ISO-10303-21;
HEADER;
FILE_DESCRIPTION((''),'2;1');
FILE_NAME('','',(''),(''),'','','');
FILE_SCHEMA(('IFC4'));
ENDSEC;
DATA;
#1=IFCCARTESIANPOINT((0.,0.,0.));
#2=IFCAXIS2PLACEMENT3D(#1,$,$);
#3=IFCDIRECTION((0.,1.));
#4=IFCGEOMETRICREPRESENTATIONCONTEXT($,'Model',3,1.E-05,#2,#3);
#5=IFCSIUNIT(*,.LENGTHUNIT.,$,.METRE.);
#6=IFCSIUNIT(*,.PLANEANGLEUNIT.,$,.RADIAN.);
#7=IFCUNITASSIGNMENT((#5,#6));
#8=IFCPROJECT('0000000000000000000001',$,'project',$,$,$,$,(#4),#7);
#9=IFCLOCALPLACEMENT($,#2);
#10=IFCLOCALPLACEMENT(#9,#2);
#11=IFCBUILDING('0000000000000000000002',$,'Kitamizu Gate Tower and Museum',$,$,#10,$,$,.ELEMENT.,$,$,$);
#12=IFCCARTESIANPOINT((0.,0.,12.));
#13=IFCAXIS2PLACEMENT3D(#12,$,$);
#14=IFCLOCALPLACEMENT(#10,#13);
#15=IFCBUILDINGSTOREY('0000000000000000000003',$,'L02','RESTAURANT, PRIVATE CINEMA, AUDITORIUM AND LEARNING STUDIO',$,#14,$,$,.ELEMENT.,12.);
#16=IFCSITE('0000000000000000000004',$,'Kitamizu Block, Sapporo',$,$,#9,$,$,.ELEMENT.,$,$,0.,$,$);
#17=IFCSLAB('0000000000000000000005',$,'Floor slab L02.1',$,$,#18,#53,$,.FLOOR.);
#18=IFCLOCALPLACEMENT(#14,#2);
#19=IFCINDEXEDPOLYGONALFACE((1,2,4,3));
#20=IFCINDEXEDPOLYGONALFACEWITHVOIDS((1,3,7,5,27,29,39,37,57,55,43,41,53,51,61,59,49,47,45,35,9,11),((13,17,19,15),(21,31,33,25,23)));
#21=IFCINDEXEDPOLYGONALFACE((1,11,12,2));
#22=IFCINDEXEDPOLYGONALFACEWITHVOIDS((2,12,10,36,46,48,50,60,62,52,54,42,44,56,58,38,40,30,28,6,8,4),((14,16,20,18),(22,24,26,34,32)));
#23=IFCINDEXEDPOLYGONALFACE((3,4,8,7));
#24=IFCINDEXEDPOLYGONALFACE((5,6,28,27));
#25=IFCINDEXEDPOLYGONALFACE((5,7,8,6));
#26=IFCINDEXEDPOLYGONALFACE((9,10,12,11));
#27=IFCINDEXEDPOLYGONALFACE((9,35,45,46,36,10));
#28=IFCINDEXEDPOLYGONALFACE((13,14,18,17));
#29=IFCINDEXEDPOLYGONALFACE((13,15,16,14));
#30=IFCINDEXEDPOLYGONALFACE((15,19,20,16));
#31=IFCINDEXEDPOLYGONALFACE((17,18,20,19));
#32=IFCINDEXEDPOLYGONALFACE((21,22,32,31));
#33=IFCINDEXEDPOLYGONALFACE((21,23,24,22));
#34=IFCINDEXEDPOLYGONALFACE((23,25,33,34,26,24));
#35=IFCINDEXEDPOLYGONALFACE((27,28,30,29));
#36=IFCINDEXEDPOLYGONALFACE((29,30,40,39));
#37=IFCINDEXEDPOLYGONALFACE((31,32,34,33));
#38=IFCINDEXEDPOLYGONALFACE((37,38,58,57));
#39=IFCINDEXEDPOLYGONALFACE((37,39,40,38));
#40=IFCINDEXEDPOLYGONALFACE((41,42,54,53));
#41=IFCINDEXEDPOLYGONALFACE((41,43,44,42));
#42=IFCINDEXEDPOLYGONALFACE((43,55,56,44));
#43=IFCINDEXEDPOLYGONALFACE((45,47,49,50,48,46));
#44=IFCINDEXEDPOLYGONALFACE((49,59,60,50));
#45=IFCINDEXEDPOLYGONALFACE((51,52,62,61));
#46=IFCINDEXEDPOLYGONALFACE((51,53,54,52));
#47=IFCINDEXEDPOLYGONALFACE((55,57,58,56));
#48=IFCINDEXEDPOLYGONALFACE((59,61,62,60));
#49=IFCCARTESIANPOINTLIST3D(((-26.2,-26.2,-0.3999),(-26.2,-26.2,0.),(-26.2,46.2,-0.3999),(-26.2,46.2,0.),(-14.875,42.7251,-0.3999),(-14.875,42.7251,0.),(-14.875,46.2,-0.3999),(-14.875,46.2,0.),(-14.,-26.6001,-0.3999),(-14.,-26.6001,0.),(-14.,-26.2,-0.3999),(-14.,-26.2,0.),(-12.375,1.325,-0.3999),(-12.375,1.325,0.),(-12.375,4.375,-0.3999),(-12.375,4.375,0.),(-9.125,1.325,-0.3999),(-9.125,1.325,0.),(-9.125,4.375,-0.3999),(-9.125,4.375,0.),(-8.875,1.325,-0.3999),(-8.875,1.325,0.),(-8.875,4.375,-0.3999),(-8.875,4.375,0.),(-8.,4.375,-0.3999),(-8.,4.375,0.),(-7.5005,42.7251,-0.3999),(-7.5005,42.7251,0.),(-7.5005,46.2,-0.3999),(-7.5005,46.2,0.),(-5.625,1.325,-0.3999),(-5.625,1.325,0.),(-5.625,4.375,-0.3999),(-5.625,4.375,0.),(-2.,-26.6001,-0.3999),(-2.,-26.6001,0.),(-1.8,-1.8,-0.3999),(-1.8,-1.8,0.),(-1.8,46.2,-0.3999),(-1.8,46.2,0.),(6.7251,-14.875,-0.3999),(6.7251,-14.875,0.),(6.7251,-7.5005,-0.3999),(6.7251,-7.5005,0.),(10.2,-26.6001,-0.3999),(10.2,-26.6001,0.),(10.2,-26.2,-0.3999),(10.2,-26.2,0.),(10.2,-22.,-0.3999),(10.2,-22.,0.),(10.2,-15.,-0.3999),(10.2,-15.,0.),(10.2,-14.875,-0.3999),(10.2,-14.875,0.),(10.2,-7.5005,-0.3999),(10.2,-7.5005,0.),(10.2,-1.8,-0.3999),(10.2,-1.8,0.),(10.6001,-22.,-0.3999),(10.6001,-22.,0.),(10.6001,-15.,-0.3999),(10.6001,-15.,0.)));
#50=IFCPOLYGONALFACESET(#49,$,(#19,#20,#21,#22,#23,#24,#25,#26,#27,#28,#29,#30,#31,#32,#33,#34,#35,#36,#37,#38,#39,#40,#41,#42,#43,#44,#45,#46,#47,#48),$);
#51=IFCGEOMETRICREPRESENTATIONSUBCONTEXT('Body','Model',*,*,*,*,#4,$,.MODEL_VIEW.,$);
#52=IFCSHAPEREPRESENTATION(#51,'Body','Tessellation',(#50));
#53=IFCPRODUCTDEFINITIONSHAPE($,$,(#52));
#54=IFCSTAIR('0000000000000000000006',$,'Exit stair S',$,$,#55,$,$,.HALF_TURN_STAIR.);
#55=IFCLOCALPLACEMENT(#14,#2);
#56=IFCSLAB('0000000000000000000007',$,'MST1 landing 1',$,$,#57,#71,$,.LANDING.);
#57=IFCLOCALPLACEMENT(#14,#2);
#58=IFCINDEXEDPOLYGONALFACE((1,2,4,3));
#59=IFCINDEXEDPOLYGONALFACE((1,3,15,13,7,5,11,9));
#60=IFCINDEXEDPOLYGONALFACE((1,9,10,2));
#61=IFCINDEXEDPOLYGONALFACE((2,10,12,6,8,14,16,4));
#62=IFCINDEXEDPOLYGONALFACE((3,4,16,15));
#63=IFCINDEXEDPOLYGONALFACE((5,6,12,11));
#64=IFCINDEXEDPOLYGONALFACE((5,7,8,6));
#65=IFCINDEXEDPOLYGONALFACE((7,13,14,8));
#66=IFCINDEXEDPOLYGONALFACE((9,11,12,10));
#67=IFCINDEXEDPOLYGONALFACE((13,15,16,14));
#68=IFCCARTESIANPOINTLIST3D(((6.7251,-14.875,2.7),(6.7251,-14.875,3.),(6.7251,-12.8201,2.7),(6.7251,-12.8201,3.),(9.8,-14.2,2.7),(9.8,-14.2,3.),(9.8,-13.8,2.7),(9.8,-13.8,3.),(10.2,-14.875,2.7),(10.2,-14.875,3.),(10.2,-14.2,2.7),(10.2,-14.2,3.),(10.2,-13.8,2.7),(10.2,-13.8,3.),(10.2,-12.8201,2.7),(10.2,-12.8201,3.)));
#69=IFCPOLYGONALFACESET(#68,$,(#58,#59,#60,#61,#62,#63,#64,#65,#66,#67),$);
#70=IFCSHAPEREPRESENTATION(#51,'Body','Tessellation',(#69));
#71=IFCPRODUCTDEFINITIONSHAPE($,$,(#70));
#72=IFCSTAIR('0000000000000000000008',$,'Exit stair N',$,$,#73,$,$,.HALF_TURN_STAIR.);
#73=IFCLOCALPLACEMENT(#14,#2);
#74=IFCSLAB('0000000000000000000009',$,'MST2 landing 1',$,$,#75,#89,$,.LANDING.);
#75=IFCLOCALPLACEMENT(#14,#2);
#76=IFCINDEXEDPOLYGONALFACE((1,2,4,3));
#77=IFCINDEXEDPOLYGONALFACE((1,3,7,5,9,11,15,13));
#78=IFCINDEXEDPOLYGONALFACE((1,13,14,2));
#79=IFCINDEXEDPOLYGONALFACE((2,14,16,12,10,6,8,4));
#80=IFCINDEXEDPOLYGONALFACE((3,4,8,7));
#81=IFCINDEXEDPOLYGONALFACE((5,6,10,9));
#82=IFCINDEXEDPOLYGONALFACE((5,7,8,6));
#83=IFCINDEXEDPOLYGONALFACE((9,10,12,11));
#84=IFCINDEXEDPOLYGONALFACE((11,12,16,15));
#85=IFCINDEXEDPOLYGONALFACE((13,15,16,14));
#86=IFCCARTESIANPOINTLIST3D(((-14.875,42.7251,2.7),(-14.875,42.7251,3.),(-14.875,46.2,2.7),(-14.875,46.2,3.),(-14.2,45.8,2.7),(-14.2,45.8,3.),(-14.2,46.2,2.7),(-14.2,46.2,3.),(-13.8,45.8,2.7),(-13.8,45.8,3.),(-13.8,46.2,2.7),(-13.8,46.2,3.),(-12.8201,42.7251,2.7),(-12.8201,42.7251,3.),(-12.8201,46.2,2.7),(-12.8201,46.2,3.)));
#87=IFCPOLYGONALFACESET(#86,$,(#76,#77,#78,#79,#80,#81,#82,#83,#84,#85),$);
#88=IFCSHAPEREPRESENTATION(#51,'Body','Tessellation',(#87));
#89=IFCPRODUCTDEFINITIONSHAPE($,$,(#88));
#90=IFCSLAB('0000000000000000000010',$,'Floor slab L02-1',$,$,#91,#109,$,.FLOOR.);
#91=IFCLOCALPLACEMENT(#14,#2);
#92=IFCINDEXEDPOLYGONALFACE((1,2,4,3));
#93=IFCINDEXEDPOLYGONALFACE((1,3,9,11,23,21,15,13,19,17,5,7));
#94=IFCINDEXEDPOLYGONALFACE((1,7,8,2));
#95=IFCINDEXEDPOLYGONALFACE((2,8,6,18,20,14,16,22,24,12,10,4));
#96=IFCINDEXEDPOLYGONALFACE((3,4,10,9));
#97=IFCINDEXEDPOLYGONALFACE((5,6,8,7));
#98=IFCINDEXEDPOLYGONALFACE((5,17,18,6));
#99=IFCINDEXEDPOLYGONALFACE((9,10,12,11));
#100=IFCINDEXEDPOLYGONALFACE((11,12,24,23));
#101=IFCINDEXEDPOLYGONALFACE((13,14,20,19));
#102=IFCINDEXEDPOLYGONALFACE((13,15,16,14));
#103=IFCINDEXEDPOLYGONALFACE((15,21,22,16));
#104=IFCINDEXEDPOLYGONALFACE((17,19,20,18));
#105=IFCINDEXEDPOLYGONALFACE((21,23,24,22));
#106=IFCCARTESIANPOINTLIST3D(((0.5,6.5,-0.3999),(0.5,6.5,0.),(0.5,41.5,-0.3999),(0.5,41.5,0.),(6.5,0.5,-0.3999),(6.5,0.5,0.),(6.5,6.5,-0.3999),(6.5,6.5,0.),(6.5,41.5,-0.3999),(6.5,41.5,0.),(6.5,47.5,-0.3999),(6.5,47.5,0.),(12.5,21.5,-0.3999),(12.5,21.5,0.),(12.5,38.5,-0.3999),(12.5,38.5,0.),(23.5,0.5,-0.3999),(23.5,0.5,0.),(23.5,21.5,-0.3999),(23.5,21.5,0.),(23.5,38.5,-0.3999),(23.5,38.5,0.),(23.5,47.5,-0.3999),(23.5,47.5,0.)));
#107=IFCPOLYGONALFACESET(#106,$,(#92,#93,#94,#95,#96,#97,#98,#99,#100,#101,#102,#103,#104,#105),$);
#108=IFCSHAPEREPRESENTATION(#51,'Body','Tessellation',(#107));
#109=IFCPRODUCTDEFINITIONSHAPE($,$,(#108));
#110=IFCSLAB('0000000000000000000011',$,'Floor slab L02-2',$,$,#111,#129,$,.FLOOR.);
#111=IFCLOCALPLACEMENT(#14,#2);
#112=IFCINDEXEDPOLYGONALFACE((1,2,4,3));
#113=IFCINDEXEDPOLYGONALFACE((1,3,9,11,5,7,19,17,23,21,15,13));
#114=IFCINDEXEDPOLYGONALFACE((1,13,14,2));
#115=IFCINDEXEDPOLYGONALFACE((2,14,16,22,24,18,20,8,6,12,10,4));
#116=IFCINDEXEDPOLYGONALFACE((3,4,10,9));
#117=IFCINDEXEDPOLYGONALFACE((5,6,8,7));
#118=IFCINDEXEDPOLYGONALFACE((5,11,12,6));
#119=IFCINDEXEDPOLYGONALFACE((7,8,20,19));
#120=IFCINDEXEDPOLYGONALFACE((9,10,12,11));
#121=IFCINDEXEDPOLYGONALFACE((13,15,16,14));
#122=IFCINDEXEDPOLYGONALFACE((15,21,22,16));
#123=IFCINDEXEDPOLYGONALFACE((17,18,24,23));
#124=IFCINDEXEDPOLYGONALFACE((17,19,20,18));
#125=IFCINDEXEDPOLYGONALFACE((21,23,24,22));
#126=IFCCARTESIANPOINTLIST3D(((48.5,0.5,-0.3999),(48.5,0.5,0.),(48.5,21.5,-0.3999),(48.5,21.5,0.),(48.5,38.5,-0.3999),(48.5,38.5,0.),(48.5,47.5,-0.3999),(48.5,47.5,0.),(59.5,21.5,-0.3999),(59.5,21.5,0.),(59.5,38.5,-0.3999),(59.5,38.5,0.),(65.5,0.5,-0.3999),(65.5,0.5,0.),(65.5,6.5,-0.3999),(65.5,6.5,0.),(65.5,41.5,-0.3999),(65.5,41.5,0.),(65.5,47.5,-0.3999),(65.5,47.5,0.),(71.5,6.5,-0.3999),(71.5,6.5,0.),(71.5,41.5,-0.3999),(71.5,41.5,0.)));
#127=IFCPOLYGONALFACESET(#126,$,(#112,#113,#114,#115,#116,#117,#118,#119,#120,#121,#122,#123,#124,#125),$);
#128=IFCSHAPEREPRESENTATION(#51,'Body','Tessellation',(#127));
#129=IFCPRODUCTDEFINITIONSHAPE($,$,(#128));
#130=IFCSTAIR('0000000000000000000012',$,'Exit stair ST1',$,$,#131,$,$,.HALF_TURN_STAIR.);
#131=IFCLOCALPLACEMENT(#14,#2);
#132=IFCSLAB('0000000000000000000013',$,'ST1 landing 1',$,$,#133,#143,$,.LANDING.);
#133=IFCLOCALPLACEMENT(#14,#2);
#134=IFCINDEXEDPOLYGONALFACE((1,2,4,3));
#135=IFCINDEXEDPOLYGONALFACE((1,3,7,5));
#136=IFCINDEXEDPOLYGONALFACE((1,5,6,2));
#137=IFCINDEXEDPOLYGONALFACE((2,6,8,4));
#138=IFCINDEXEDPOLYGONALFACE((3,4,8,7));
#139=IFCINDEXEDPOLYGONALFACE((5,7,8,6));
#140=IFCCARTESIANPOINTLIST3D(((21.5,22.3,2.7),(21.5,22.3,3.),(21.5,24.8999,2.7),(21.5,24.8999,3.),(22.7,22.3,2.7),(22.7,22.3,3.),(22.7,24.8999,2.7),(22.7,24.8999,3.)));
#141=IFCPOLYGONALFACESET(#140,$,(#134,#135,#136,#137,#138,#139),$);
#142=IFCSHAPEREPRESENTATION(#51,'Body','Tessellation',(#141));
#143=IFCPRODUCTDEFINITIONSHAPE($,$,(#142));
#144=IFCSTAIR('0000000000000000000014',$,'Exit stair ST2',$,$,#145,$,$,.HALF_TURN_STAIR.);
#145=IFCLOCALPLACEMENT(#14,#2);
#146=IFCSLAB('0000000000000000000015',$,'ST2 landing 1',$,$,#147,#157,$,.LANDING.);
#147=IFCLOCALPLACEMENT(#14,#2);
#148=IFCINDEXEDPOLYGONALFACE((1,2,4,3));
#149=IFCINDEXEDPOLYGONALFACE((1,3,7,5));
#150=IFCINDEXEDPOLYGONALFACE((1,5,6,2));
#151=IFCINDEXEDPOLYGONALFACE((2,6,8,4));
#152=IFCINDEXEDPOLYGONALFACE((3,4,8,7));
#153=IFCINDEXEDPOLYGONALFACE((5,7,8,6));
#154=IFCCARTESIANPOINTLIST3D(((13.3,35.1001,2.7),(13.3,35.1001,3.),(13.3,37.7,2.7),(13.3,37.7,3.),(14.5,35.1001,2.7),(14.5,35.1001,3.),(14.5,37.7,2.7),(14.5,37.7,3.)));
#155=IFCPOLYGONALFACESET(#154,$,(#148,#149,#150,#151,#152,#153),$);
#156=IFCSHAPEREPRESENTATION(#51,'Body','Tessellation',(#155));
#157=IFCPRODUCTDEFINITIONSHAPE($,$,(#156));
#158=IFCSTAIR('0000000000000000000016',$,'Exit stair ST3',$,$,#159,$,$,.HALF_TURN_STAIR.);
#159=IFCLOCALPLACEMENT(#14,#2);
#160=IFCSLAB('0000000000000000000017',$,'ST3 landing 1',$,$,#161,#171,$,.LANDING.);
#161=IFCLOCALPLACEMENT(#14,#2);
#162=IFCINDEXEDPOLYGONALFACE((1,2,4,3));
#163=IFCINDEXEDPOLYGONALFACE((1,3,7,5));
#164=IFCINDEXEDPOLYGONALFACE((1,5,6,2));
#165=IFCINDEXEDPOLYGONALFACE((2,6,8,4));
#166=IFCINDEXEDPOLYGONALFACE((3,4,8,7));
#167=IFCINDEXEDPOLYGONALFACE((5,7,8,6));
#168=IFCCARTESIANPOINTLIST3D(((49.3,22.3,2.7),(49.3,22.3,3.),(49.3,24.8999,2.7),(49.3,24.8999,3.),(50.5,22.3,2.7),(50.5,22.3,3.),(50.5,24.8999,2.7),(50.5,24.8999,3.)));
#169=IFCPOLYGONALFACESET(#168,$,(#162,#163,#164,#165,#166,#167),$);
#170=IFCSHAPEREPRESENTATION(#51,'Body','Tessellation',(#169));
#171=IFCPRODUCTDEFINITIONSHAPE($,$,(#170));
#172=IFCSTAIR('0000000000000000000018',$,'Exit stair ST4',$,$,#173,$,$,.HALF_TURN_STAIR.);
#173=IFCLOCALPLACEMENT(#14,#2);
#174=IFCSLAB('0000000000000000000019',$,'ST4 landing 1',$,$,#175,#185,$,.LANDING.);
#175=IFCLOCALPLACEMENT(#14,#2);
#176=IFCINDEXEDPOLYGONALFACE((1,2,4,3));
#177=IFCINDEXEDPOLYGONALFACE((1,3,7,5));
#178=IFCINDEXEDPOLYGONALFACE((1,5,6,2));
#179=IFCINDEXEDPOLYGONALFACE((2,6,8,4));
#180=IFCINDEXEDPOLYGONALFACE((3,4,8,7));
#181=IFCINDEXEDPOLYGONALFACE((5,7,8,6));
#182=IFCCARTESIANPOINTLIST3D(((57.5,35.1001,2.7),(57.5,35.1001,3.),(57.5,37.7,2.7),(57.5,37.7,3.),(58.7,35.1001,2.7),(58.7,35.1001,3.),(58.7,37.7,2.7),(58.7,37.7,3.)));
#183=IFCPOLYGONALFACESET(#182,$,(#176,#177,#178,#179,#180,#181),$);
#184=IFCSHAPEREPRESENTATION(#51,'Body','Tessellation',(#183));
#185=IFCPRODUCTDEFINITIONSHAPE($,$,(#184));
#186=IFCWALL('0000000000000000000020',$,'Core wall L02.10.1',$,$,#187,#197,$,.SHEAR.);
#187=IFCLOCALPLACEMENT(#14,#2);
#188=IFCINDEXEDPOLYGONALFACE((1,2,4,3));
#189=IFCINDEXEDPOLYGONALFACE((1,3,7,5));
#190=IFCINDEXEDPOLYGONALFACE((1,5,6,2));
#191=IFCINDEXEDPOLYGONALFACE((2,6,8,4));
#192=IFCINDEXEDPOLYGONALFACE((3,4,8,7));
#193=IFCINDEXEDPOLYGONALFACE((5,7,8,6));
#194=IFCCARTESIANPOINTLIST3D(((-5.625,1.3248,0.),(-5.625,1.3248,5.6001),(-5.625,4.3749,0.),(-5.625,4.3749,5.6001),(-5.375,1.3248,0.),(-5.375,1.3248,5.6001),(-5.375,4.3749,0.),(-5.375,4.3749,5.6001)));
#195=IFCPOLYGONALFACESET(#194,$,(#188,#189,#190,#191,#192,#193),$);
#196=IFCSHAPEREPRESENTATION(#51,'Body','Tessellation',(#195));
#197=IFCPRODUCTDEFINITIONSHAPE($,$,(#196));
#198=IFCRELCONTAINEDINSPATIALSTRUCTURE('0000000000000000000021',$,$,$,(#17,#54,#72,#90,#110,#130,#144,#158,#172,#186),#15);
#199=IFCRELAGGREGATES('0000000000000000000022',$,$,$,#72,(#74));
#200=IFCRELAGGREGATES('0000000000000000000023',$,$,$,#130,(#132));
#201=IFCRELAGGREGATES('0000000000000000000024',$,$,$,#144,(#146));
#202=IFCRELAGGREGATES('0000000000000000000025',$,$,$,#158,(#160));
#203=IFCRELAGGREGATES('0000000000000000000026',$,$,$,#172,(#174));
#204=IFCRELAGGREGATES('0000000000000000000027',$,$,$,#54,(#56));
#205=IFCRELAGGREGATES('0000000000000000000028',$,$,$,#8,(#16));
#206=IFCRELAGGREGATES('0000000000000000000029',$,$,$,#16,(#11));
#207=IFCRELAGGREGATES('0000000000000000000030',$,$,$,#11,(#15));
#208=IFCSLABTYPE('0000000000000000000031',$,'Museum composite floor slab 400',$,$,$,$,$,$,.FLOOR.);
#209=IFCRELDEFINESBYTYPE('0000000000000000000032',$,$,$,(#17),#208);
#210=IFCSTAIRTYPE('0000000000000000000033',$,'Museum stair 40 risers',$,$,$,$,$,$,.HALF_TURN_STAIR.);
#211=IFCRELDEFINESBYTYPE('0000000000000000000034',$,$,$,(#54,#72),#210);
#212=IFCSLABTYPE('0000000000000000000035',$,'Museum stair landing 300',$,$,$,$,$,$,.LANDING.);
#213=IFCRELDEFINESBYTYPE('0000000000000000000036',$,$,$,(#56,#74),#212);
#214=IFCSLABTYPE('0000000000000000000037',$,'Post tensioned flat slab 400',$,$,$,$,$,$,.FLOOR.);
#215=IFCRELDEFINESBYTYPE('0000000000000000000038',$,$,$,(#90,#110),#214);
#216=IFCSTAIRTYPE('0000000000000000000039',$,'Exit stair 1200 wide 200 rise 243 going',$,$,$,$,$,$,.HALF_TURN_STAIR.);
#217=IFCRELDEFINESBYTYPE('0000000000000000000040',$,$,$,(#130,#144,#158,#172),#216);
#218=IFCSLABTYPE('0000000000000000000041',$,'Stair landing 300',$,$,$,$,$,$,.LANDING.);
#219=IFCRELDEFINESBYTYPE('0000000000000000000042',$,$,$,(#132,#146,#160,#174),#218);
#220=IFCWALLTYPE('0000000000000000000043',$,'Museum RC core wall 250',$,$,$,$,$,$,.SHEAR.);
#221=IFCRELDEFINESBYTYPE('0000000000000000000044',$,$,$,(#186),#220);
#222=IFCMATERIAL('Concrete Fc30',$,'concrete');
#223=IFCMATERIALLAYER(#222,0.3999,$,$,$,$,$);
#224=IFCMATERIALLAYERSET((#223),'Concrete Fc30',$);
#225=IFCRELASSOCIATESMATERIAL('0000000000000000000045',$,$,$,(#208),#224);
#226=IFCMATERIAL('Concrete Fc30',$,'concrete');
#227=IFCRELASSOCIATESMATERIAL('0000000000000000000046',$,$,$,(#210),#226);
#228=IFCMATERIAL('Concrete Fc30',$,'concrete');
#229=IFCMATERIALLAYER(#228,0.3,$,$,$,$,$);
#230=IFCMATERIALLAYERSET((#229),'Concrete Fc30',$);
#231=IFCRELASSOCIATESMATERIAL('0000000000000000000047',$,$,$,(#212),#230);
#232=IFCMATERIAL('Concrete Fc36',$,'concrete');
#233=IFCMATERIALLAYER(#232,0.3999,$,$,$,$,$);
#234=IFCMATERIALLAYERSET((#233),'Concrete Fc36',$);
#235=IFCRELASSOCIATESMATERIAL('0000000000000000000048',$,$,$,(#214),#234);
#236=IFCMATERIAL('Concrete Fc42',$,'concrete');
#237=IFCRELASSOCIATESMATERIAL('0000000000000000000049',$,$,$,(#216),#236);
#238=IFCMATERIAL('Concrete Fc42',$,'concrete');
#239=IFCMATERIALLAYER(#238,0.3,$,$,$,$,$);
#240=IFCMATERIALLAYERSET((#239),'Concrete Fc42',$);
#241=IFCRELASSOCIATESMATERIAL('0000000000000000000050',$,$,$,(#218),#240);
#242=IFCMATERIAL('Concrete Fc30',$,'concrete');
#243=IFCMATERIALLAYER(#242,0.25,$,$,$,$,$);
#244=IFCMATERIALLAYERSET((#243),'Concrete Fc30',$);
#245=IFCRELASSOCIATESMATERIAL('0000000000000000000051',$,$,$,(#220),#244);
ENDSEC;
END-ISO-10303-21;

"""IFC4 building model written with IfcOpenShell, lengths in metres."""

from ifc_helpers import new_model, si_unit, direction, frame, frame_2d, origin, place, context, subcontext, project, spatial, polyline, rectangle, outline, extrude, material, layer, layer_set, type_object, element, aggregate, save


model = new_model("IFC4")

# Units and contexts
model_context = context("Model", 3, precision=1e-05, world=origin(), true_north=direction((0.0, 1.0)))
body_context = subcontext(model_context, "Body", "Model", "MODEL_VIEW")
ifc_project = project(units=[si_unit("LENGTHUNIT", "METRE"), si_unit("PLANEANGLEUNIT", "RADIAN")], contexts=[model_context])

# Site, building, storey
site_placement = place(None, origin())
site = spatial("IfcSite", under=ifc_project, at=site_placement, Name="Kitamizu Block, Sapporo", CompositionType="ELEMENT", RefElevation=0.0)
building_placement = place(site_placement, origin())
building = spatial("IfcBuilding", under=site, at=building_placement, Name="Kitamizu Gate Tower and Museum", CompositionType="ELEMENT")
storey_placement = place(building_placement, frame((0.0, 0.0, 12.0)))
storey = spatial("IfcBuildingStorey", under=building, at=storey_placement, Name="L02", Description="RESTAURANT, PRIVATE CINEMA, AUDITORIUM AND LEARNING STUDIO", CompositionType="ELEMENT", Elevation=12.0)

# Slab
ifc_material_1 = material(Name="Concrete Fc30", Category="concrete")
ifc_layer_1 = layer(ifc_material_1, 0.3999)
ifc_layer_set_1 = layer_set([ifc_layer_1], Name="Concrete Fc30")
slab_type_1 = type_object("IfcSlabType", Name="Museum composite floor slab 400", PredefinedType="FLOOR", material=ifc_layer_set_1)
slab_1_placement = place(storey_placement, frame((0.0, 0.0, -0.3999)))
element("IfcSlab", 1, at=slab_1_placement, inside=storey, type_object=slab_type_1, Name="Floor slab L02.1", PredefinedType="FLOOR", context=body_context, shape_type="SweptSolid", body=[
    extrude(outline(polyline([(-14.875, 42.7251), (-7.5005, 42.7251), (-7.5005, 46.2), (-1.8, 46.2), (-1.8, -1.8), (10.2, -1.8), (10.2, -7.5005), (6.7251, -7.5005), (6.7251, -14.875), (10.2, -14.875), (10.2, -15.0), (10.6001, -15.0), (10.6001, -22.0), (10.2, -22.0), (10.2, -26.2), (10.2, -26.6001), (-2.0, -26.6001), (-14.0, -26.6001), (-14.0, -26.2), (-26.2, -26.2), (-26.2, 46.2), (-14.875, 46.2), (-14.875, 42.7251)]), holes=[polyline([(-5.625, 1.325), (-5.625, 4.375), (-8.0, 4.375), (-8.875, 4.375), (-8.875, 1.325), (-5.625, 1.325)]), polyline([(-12.375, 1.325), (-9.125, 1.325), (-9.125, 4.375), (-12.375, 4.375), (-12.375, 1.325)])]), origin(), (0.0, 0.0, 1.0), 0.3999),
])

# Stairs, slabs
ifc_material_2 = material(Name="Concrete Fc30", Category="concrete")
stair_type_1 = type_object("IfcStairType", Name="Museum stair 40 risers", PredefinedType="HALF_TURN_STAIR", material=ifc_material_2)
stair_1_placement = place(storey_placement, origin())
stair_1 = element("IfcStair", 2, at=stair_1_placement, inside=storey, type_object=stair_type_1, Name="Exit stair S", PredefinedType="HALF_TURN_STAIR")
ifc_material_3 = material(Name="Concrete Fc30", Category="concrete")
ifc_layer_2 = layer(ifc_material_3, 0.3)
ifc_layer_set_2 = layer_set([ifc_layer_2], Name="Concrete Fc30")
slab_type_2 = type_object("IfcSlabType", Name="Museum stair landing 300", PredefinedType="LANDING", material=ifc_layer_set_2)
slab_2_placement = place(storey_placement, frame((0.0, 0.0, 2.7)))
slab_2 = element("IfcSlab", 3, at=slab_2_placement, type_object=slab_type_2, Name="MST1 landing 1", PredefinedType="LANDING", context=body_context, shape_type="SweptSolid", body=[
    extrude(outline(polyline([(10.2, -14.875), (6.7251, -14.875), (6.7251, -12.8201), (10.2, -12.8201), (10.2, -13.8), (9.8, -13.8), (9.8, -14.2), (10.2, -14.2), (10.2, -14.875)])), origin(), (0.0, 0.0, 1.0), 0.3),
])
stair_2_placement = place(storey_placement, origin())
stair_2 = element("IfcStair", 4, at=stair_2_placement, inside=storey, type_object=stair_type_1, Name="Exit stair N", PredefinedType="HALF_TURN_STAIR")
slab_3_placement = place(storey_placement, frame((0.0, 0.0, 2.7)))
slab_3 = element("IfcSlab", 5, at=slab_3_placement, type_object=slab_type_2, Name="MST2 landing 1", PredefinedType="LANDING", context=body_context, shape_type="SweptSolid", body=[
    extrude(outline(polyline([(-12.8201, 46.2), (-12.8201, 42.7251), (-14.875, 42.7251), (-14.875, 46.2), (-14.2, 46.2), (-14.2, 45.8), (-13.8, 45.8), (-13.8, 46.2), (-12.8201, 46.2)])), origin(), (0.0, 0.0, 1.0), 0.3),
])
aggregate(stair_2, [slab_3])

# Slabs
ifc_material_4 = material(Name="Concrete Fc36", Category="concrete")
ifc_layer_3 = layer(ifc_material_4, 0.3999)
ifc_layer_set_3 = layer_set([ifc_layer_3], Name="Concrete Fc36")
slab_type_3 = type_object("IfcSlabType", Name="Post tensioned flat slab 400", PredefinedType="FLOOR", material=ifc_layer_set_3)
slab_4_placement = place(storey_placement, frame((0.0, 0.0, -0.3999)))
element("IfcSlab", 6, at=slab_4_placement, inside=storey, type_object=slab_type_3, Name="Floor slab L02-1", PredefinedType="FLOOR", context=body_context, shape_type="SweptSolid", body=[
    extrude(outline(polyline([(6.5, 47.5), (23.5, 47.5), (23.5, 38.5), (12.5, 38.5), (12.5, 21.5), (23.5, 21.5), (23.5, 0.5), (6.5, 0.5), (6.5, 6.5), (0.5, 6.5), (0.5, 41.5), (6.5, 41.5), (6.5, 47.5)])), origin(), (0.0, 0.0, 1.0), 0.3999),
])
slab_5_placement = place(storey_placement, frame((0.0, 0.0, -0.3999)))
element("IfcSlab", 7, at=slab_5_placement, inside=storey, type_object=slab_type_3, Name="Floor slab L02-2", PredefinedType="FLOOR", context=body_context, shape_type="SweptSolid", body=[
    extrude(outline(polyline([(71.5, 6.5), (65.5, 6.5), (65.5, 0.5), (48.5, 0.5), (48.5, 21.5), (59.5, 21.5), (59.5, 38.5), (48.5, 38.5), (48.5, 47.5), (65.5, 47.5), (65.5, 41.5), (71.5, 41.5), (71.5, 6.5)])), origin(), (0.0, 0.0, 1.0), 0.3999),
])

# Stairs, slabs
ifc_material_5 = material(Name="Concrete Fc42", Category="concrete")
stair_type_2 = type_object("IfcStairType", Name="Exit stair 1200 wide 200 rise 243 going", PredefinedType="HALF_TURN_STAIR", material=ifc_material_5)
stair_3_placement = place(storey_placement, origin())
stair_3 = element("IfcStair", 8, at=stair_3_placement, inside=storey, type_object=stair_type_2, Name="Exit stair ST1", PredefinedType="HALF_TURN_STAIR")
ifc_material_6 = material(Name="Concrete Fc42", Category="concrete")
ifc_layer_4 = layer(ifc_material_6, 0.3)
ifc_layer_set_4 = layer_set([ifc_layer_4], Name="Concrete Fc42")
slab_type_4 = type_object("IfcSlabType", Name="Stair landing 300", PredefinedType="LANDING", material=ifc_layer_set_4)
slab_6_placement = place(storey_placement, frame((0.0, 0.0, 2.7)))
slab_6 = element("IfcSlab", 9, at=slab_6_placement, type_object=slab_type_4, Name="ST1 landing 1", PredefinedType="LANDING", context=body_context, shape_type="SweptSolid", body=[
    extrude(outline(polyline([(21.5, 22.3), (22.7, 22.3), (22.7, 24.8999), (21.5, 24.8999), (21.5, 22.3)])), origin(), (0.0, 0.0, 1.0), 0.3),
])
aggregate(stair_3, [slab_6])
stair_4_placement = place(storey_placement, origin())
stair_4 = element("IfcStair", 10, at=stair_4_placement, inside=storey, type_object=stair_type_2, Name="Exit stair ST2", PredefinedType="HALF_TURN_STAIR")
slab_7_placement = place(storey_placement, frame((0.0, 0.0, 2.7)))
slab_7 = element("IfcSlab", 11, at=slab_7_placement, type_object=slab_type_4, Name="ST2 landing 1", PredefinedType="LANDING", context=body_context, shape_type="SweptSolid", body=[
    extrude(outline(polyline([(13.3, 35.1001), (14.5, 35.1001), (14.5, 37.7), (13.3, 37.7), (13.3, 35.1001)])), origin(), (0.0, 0.0, 1.0), 0.3),
])
aggregate(stair_4, [slab_7])
stair_5_placement = place(storey_placement, origin())
stair_5 = element("IfcStair", 12, at=stair_5_placement, inside=storey, type_object=stair_type_2, Name="Exit stair ST3", PredefinedType="HALF_TURN_STAIR")
slab_8_placement = place(storey_placement, frame((0.0, 0.0, 2.7)))
slab_8 = element("IfcSlab", 13, at=slab_8_placement, type_object=slab_type_4, Name="ST3 landing 1", PredefinedType="LANDING", context=body_context, shape_type="SweptSolid", body=[
    extrude(outline(polyline([(49.3, 22.3), (50.5, 22.3), (50.5, 24.8999), (49.3, 24.8999), (49.3, 22.3)])), origin(), (0.0, 0.0, 1.0), 0.3),
])
aggregate(stair_5, [slab_8])
stair_6_placement = place(storey_placement, origin())
stair_6 = element("IfcStair", 14, at=stair_6_placement, inside=storey, type_object=stair_type_2, Name="Exit stair ST4", PredefinedType="HALF_TURN_STAIR")
slab_9_placement = place(storey_placement, frame((0.0, 0.0, 2.7)))
slab_9 = element("IfcSlab", 15, at=slab_9_placement, type_object=slab_type_4, Name="ST4 landing 1", PredefinedType="LANDING", context=body_context, shape_type="SweptSolid", body=[
    extrude(outline(polyline([(57.5, 35.1001), (58.7, 35.1001), (58.7, 37.7), (57.5, 37.7), (57.5, 35.1001)])), origin(), (0.0, 0.0, 1.0), 0.3),
])
aggregate(stair_6, [slab_9])

# Wall
ifc_material_7 = material(Name="Concrete Fc30", Category="concrete")
ifc_layer_5 = layer(ifc_material_7, 0.25)
ifc_layer_set_5 = layer_set([ifc_layer_5], Name="Concrete Fc30")
wall_type_1 = type_object("IfcWallType", Name="Museum RC core wall 250", PredefinedType="SHEAR", material=ifc_layer_set_5)
wall_1_placement = place(storey_placement, frame((-5.5, 1.325, 0.0), z_axis=(0.0, 0.0, 1.0), x_axis=(0.0, 1.0, 0.0)))
element("IfcWall", 16, at=wall_1_placement, inside=storey, type_object=wall_type_1, Name="Core wall L02.10.1", PredefinedType="SHEAR", context=body_context, shape_type="SweptSolid", body=[
    extrude(rectangle(XDim=3.05, YDim=0.25, at=frame_2d((1.5249, 0.0))), origin(), (0.0, 0.0, 1.0), 5.6001),
])

aggregate(stair_1, [slab_2])

save(model, "model.ifc")
